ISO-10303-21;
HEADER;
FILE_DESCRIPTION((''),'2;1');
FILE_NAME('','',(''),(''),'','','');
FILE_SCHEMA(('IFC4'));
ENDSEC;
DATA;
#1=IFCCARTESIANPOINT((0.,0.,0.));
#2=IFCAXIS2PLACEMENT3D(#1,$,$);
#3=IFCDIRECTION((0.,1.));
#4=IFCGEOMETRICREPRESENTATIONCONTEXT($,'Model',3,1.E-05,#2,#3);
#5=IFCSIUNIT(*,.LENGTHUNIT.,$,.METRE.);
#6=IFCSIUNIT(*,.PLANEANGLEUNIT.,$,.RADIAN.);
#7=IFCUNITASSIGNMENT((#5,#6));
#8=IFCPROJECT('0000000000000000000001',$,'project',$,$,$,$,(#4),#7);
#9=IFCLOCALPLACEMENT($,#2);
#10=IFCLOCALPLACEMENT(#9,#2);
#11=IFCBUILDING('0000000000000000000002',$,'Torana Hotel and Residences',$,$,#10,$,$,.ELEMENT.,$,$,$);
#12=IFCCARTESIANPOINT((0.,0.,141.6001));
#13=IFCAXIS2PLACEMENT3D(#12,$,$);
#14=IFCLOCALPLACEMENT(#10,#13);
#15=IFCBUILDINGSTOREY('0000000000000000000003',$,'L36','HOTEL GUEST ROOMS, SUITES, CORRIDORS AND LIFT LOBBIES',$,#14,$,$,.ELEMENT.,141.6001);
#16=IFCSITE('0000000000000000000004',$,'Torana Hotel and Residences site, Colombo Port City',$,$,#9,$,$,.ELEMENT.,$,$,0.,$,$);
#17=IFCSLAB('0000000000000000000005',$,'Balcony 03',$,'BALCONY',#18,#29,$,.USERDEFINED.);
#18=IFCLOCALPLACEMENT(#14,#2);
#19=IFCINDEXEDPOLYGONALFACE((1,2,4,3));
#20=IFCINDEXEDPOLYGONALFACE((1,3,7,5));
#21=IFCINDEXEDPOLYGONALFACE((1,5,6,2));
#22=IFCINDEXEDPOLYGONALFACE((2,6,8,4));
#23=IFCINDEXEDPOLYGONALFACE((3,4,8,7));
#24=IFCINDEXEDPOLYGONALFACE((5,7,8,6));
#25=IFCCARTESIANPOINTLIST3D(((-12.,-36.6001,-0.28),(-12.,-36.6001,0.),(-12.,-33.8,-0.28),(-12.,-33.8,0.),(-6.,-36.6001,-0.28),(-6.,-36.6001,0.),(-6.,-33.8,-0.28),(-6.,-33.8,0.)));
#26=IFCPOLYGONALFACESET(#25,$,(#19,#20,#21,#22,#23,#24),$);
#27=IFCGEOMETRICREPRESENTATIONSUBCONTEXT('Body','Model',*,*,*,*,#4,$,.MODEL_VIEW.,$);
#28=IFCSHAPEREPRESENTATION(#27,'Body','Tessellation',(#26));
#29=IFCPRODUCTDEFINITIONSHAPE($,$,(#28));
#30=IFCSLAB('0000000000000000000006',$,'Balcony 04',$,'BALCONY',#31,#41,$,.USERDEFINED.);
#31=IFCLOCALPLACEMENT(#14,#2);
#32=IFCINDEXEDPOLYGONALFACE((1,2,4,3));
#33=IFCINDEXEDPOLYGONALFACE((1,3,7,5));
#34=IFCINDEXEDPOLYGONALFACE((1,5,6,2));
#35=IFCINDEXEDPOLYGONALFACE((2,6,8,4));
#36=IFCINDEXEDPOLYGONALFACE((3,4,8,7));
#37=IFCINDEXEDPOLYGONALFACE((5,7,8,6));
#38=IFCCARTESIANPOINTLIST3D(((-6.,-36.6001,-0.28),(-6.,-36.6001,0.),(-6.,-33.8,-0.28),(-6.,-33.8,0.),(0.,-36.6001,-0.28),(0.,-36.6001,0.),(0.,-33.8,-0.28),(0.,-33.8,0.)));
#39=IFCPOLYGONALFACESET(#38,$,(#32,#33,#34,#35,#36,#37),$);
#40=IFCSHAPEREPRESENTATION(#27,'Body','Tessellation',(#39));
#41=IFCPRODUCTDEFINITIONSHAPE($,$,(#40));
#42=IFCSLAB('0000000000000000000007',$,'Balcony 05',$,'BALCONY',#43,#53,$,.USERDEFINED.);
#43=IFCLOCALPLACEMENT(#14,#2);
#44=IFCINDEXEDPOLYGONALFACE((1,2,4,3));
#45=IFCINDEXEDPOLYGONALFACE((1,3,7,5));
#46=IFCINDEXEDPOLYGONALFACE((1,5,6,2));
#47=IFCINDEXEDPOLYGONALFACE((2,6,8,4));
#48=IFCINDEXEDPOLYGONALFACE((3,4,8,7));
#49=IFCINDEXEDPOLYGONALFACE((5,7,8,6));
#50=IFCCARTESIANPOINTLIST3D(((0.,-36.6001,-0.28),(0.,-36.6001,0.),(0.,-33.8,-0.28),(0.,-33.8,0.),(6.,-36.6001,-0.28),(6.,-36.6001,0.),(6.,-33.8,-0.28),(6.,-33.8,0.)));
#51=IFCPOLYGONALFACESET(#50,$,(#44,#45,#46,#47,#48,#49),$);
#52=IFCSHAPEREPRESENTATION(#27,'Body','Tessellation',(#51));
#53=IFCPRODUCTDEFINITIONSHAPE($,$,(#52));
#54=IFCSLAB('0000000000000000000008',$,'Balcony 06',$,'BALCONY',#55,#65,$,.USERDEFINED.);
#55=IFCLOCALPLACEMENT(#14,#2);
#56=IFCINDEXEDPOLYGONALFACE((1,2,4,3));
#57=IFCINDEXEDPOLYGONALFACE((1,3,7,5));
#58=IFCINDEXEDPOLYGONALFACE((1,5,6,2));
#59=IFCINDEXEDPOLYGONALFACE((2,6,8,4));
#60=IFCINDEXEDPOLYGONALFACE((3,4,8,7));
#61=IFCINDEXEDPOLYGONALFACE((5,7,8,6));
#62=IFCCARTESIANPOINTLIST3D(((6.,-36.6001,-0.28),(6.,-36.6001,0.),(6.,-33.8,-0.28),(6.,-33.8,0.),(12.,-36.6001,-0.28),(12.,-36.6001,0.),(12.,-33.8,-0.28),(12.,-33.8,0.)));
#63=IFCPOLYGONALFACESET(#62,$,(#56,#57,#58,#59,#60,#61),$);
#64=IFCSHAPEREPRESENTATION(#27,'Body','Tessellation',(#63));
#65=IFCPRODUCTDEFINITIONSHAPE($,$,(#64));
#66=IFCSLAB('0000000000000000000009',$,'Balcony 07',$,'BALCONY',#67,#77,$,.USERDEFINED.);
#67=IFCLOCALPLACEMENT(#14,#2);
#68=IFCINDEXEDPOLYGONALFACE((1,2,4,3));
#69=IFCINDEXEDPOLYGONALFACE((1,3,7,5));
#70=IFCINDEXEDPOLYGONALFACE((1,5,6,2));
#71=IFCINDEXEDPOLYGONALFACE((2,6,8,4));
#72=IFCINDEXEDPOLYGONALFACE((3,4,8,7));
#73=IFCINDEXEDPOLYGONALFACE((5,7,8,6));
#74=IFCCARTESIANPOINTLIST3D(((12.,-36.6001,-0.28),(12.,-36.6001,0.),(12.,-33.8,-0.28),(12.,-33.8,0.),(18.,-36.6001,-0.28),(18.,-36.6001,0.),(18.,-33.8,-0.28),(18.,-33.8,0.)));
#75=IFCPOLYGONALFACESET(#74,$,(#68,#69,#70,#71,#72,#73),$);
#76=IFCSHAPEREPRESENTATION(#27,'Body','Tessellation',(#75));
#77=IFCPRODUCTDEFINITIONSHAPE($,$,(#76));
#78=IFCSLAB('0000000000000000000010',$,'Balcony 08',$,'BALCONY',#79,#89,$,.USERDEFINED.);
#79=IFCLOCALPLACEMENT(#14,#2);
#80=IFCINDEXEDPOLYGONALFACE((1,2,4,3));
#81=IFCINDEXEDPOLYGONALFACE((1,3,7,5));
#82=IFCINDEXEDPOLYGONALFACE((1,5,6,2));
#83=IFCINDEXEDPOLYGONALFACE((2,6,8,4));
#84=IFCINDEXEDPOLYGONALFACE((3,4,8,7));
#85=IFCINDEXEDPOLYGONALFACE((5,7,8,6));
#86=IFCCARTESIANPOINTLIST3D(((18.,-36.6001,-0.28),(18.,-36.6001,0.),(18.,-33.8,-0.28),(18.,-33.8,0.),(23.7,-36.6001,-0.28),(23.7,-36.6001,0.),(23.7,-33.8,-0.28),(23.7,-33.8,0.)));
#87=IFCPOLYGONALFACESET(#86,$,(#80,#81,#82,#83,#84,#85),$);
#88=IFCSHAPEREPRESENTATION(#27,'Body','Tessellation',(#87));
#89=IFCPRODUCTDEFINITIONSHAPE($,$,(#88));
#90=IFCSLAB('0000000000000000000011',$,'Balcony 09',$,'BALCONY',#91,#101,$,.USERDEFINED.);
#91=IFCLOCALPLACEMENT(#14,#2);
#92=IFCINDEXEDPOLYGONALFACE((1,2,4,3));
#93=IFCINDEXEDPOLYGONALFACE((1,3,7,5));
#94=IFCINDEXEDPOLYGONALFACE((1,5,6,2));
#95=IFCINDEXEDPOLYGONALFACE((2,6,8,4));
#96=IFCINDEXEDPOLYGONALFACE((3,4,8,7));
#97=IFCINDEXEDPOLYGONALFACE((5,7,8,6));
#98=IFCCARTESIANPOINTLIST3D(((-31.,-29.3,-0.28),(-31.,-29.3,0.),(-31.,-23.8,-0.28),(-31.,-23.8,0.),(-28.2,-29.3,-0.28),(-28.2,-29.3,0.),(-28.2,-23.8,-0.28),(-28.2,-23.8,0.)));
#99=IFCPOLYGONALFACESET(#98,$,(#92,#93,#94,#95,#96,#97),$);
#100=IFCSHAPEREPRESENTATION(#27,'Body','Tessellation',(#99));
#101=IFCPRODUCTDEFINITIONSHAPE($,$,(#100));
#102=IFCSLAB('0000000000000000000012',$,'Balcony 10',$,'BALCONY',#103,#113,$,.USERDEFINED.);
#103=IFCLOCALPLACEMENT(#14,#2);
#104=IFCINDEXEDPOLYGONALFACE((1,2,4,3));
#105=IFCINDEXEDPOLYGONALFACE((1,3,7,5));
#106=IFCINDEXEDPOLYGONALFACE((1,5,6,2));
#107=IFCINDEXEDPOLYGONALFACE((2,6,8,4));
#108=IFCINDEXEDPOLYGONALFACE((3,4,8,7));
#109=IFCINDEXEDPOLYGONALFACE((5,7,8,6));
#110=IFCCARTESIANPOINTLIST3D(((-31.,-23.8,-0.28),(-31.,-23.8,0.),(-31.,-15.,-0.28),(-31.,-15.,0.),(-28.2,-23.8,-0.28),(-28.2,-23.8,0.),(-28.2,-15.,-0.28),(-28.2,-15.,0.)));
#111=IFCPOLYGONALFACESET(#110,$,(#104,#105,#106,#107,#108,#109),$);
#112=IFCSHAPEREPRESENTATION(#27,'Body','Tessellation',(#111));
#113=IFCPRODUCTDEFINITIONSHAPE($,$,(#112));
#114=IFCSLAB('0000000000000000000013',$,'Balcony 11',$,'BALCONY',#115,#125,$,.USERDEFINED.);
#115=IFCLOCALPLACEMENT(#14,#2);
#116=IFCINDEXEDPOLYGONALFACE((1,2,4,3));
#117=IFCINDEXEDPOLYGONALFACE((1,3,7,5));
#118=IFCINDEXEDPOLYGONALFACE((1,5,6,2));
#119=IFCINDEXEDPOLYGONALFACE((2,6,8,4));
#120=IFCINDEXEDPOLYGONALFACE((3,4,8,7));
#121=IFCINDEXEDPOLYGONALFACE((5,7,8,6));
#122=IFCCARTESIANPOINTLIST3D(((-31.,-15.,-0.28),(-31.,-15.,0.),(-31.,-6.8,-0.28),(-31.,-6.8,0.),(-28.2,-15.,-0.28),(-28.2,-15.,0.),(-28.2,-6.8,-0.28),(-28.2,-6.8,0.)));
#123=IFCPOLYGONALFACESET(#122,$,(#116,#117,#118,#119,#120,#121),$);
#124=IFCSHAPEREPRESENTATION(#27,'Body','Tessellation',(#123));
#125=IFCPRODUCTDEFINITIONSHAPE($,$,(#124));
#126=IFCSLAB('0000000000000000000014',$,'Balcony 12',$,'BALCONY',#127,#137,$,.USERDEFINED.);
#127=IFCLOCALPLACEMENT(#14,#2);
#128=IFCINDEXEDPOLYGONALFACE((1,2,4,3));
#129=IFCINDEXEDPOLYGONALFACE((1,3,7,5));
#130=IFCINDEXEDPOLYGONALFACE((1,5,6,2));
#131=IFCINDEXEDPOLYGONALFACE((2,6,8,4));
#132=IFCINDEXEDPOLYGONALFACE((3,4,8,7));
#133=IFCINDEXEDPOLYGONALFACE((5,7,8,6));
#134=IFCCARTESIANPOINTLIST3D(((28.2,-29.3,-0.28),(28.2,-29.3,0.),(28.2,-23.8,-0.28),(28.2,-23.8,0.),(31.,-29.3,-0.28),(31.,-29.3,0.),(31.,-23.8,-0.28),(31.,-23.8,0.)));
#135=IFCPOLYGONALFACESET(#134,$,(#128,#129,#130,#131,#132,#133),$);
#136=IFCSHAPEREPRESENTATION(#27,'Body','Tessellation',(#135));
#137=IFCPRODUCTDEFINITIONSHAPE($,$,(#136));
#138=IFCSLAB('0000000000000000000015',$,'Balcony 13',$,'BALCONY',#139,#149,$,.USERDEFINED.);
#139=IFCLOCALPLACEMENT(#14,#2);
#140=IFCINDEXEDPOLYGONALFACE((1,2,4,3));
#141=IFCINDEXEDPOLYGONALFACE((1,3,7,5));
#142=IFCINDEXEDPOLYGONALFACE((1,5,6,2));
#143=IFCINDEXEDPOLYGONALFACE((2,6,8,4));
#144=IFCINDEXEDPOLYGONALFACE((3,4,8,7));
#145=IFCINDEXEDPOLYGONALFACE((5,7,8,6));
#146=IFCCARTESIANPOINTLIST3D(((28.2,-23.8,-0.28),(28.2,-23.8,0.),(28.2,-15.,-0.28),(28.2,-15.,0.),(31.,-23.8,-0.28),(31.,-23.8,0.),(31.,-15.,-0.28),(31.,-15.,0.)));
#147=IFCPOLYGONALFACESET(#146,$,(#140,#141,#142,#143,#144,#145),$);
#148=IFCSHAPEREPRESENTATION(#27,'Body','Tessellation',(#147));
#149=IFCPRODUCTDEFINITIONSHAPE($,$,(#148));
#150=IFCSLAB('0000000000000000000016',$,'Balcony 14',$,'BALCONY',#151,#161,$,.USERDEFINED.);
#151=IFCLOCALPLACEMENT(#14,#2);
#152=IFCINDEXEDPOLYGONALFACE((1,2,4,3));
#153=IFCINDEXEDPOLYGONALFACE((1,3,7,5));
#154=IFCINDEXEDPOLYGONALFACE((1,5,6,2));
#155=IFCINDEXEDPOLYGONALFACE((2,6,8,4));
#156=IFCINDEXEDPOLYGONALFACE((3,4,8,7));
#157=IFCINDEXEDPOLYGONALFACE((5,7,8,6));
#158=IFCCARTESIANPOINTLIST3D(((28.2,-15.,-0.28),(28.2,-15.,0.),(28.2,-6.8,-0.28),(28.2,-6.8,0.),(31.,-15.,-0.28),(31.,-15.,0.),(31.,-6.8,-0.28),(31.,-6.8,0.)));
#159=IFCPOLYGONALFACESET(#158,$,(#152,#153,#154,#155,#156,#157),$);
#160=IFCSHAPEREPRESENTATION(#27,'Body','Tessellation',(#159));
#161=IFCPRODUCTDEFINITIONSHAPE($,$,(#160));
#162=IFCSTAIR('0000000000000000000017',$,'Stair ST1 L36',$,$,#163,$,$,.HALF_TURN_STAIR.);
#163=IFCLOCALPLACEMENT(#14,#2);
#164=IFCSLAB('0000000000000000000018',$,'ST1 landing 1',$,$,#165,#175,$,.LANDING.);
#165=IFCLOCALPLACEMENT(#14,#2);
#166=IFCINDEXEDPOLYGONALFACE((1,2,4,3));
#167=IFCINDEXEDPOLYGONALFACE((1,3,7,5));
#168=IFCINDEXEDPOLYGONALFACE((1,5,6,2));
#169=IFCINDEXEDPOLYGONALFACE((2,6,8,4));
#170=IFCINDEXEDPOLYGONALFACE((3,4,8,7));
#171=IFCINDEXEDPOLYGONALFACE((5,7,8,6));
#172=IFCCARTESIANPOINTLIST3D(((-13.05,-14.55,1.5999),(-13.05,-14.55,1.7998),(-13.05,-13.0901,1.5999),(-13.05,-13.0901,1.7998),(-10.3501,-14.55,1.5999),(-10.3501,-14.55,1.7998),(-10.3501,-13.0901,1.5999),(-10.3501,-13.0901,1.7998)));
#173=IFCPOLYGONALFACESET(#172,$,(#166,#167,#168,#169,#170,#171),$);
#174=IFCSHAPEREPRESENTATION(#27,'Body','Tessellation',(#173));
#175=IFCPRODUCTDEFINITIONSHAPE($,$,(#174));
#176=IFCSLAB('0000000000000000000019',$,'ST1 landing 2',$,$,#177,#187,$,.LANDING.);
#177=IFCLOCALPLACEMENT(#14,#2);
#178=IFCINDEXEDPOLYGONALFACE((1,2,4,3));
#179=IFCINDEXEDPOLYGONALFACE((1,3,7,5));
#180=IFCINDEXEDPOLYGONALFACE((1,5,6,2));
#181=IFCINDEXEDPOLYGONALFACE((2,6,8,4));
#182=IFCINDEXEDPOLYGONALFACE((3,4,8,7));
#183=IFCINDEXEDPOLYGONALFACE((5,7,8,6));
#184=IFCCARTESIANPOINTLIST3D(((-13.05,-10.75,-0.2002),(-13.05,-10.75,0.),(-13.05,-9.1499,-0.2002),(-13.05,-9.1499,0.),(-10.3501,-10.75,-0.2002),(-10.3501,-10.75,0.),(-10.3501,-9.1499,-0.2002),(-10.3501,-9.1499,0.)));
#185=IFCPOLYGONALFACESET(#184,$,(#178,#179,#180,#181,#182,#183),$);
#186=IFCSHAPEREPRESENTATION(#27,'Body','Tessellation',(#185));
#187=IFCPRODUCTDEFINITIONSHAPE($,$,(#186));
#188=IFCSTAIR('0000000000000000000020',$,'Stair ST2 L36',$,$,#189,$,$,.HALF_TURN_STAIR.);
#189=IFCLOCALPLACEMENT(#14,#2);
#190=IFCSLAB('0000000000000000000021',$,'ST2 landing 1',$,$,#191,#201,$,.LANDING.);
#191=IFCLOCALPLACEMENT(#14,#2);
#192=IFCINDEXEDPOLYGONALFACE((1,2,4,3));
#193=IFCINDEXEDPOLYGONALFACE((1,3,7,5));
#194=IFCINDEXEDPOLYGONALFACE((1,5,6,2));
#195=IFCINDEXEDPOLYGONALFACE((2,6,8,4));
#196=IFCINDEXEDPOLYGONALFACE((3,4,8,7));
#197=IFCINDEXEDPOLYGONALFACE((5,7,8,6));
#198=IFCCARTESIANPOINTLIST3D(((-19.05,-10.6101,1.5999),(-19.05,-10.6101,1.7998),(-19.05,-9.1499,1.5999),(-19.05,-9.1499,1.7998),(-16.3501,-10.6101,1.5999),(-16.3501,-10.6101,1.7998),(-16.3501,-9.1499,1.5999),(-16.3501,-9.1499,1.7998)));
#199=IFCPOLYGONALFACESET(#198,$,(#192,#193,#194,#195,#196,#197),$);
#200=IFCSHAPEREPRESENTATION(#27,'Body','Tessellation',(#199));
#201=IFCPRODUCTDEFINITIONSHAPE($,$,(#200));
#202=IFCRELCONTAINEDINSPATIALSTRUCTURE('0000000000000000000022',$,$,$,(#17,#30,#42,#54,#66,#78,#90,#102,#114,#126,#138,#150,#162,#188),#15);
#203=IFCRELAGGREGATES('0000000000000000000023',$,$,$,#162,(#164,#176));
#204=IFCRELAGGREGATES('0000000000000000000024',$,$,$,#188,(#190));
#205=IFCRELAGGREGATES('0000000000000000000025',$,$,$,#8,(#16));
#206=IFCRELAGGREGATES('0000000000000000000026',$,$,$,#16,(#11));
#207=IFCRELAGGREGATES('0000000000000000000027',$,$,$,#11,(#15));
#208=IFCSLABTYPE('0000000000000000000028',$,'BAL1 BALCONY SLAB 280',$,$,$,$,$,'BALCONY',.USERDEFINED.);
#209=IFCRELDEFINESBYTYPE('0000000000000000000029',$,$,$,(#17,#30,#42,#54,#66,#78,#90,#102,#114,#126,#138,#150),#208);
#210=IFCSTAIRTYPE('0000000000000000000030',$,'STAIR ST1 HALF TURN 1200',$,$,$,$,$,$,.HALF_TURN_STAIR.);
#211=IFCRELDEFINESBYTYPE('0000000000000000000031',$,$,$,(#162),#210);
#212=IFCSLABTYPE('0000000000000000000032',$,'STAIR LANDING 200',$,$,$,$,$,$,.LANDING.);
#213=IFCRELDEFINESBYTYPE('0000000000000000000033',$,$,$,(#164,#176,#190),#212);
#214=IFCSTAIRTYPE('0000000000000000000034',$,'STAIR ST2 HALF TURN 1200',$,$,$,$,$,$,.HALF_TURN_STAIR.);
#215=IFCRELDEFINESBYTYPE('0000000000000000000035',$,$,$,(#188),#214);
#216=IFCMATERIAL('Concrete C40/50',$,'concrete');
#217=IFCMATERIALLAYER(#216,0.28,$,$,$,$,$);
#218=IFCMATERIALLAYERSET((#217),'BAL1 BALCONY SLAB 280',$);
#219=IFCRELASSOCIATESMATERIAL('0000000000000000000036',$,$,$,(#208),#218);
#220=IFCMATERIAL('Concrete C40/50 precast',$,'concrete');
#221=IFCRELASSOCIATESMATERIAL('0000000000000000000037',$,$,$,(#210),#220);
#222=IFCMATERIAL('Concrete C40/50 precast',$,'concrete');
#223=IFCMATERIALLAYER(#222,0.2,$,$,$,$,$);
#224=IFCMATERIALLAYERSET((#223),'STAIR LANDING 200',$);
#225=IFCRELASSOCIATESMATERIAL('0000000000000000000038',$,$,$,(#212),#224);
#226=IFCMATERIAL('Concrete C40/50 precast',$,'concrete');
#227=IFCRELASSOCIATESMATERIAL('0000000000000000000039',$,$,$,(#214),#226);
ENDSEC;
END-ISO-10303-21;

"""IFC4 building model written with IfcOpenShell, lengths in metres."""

from ifc_helpers import new_model, si_unit, direction, frame, origin, place, context, subcontext, project, spatial, polyline, outline, extrude, material, layer, layer_set, type_object, element, aggregate, save


model = new_model("IFC4")

# Units and contexts
model_context = context("Model", 3, precision=1e-05, world=origin(), true_north=direction((0.0, 1.0)))
body_context = subcontext(model_context, "Body", "Model", "MODEL_VIEW")
ifc_project = project(units=[si_unit("LENGTHUNIT", "METRE"), si_unit("PLANEANGLEUNIT", "RADIAN")], contexts=[model_context])

# Site, building, storey
site_placement = place(None, origin())
site = spatial("IfcSite", under=ifc_project, at=site_placement, Name="Torana Hotel and Residences site, Colombo Port City", CompositionType="ELEMENT", RefElevation=0.0)
building_placement = place(site_placement, origin())
building = spatial("IfcBuilding", under=site, at=building_placement, Name="Torana Hotel and Residences", CompositionType="ELEMENT")
storey_placement = place(building_placement, frame((0.0, 0.0, 141.6001)))
storey = spatial("IfcBuildingStorey", under=building, at=storey_placement, Name="L36", Description="HOTEL GUEST ROOMS, SUITES, CORRIDORS AND LIFT LOBBIES", CompositionType="ELEMENT", Elevation=141.6001)

# Slabs
ifc_material_1 = material(Name="Concrete C40/50", Category="concrete")
ifc_layer_1 = layer(ifc_material_1, 0.28)
ifc_layer_set_1 = layer_set([ifc_layer_1], Name="BAL1 BALCONY SLAB 280")
slab_type_1 = type_object("IfcSlabType", Name="BAL1 BALCONY SLAB 280", ElementType="BALCONY", PredefinedType="USERDEFINED", material=ifc_layer_set_1)
slab_1_placement = place(storey_placement, frame((0.0, 0.0, -0.28)))
element("IfcSlab", 1, at=slab_1_placement, inside=storey, type_object=slab_type_1, Name="Balcony 03", ObjectType="BALCONY", PredefinedType="USERDEFINED", context=body_context, shape_type="SweptSolid", body=[
    extrude(outline(polyline([(-12.0, -36.6001), (-6.0, -36.6001), (-6.0, -33.8), (-12.0, -33.8), (-12.0, -36.6001)])), origin(), (0.0, 0.0, 1.0), 0.28),
])
slab_2_placement = place(storey_placement, frame((0.0, 0.0, -0.28)))
element("IfcSlab", 2, at=slab_2_placement, inside=storey, type_object=slab_type_1, Name="Balcony 04", ObjectType="BALCONY", PredefinedType="USERDEFINED", context=body_context, shape_type="SweptSolid", body=[
    extrude(outline(polyline([(-6.0, -36.6001), (0.0, -36.6001), (0.0, -33.8), (-6.0, -33.8), (-6.0, -36.6001)])), origin(), (0.0, 0.0, 1.0), 0.28),
])
slab_3_placement = place(storey_placement, frame((0.0, 0.0, -0.28)))
element("IfcSlab", 3, at=slab_3_placement, inside=storey, type_object=slab_type_1, Name="Balcony 05", ObjectType="BALCONY", PredefinedType="USERDEFINED", context=body_context, shape_type="SweptSolid", body=[
    extrude(outline(polyline([(0.0, -36.6001), (6.0, -36.6001), (6.0, -33.8), (0.0, -33.8), (0.0, -36.6001)])), origin(), (0.0, 0.0, 1.0), 0.28),
])
slab_4_placement = place(storey_placement, frame((0.0, 0.0, -0.28)))
element("IfcSlab", 4, at=slab_4_placement, inside=storey, type_object=slab_type_1, Name="Balcony 06", ObjectType="BALCONY", PredefinedType="USERDEFINED", context=body_context, shape_type="SweptSolid", body=[
    extrude(outline(polyline([(6.0, -36.6001), (12.0, -36.6001), (12.0, -33.8), (6.0, -33.8), (6.0, -36.6001)])), origin(), (0.0, 0.0, 1.0), 0.28),
])
slab_5_placement = place(storey_placement, frame((0.0, 0.0, -0.28)))
element("IfcSlab", 5, at=slab_5_placement, inside=storey, type_object=slab_type_1, Name="Balcony 07", ObjectType="BALCONY", PredefinedType="USERDEFINED", context=body_context, shape_type="SweptSolid", body=[
    extrude(outline(polyline([(12.0, -36.6001), (18.0, -36.6001), (18.0, -33.8), (12.0, -33.8), (12.0, -36.6001)])), origin(), (0.0, 0.0, 1.0), 0.28),
])
slab_6_placement = place(storey_placement, frame((0.0, 0.0, -0.28)))
element("IfcSlab", 6, at=slab_6_placement, inside=storey, type_object=slab_type_1, Name="Balcony 08", ObjectType="BALCONY", PredefinedType="USERDEFINED", context=body_context, shape_type="SweptSolid", body=[
    extrude(outline(polyline([(18.0, -36.6001), (23.7, -36.6001), (23.7, -33.8), (18.0, -33.8), (18.0, -36.6001)])), origin(), (0.0, 0.0, 1.0), 0.28),
])
slab_7_placement = place(storey_placement, frame((0.0, 0.0, -0.28)))
element("IfcSlab", 7, at=slab_7_placement, inside=storey, type_object=slab_type_1, Name="Balcony 09", ObjectType="BALCONY", PredefinedType="USERDEFINED", context=body_context, shape_type="SweptSolid", body=[
    extrude(outline(polyline([(-31.0, -29.3), (-28.2, -29.3), (-28.2, -23.8), (-31.0, -23.8), (-31.0, -29.3)])), origin(), (0.0, 0.0, 1.0), 0.28),
])
slab_8_placement = place(storey_placement, frame((0.0, 0.0, -0.28)))
element("IfcSlab", 8, at=slab_8_placement, inside=storey, type_object=slab_type_1, Name="Balcony 10", ObjectType="BALCONY", PredefinedType="USERDEFINED", context=body_context, shape_type="SweptSolid", body=[
    extrude(outline(polyline([(-31.0, -23.8), (-28.2, -23.8), (-28.2, -15.0), (-31.0, -15.0), (-31.0, -23.8)])), origin(), (0.0, 0.0, 1.0), 0.28),
])
slab_9_placement = place(storey_placement, frame((0.0, 0.0, -0.28)))
element("IfcSlab", 9, at=slab_9_placement, inside=storey, type_object=slab_type_1, Name="Balcony 11", ObjectType="BALCONY", PredefinedType="USERDEFINED", context=body_context, shape_type="SweptSolid", body=[
    extrude(outline(polyline([(-31.0, -15.0), (-28.2, -15.0), (-28.2, -6.8), (-31.0, -6.8), (-31.0, -15.0)])), origin(), (0.0, 0.0, 1.0), 0.28),
])
slab_10_placement = place(storey_placement, frame((0.0, 0.0, -0.28)))
element("IfcSlab", 10, at=slab_10_placement, inside=storey, type_object=slab_type_1, Name="Balcony 12", ObjectType="BALCONY", PredefinedType="USERDEFINED", context=body_context, shape_type="SweptSolid", body=[
    extrude(outline(polyline([(28.2, -29.3), (31.0, -29.3), (31.0, -23.8), (28.2, -23.8), (28.2, -29.3)])), origin(), (0.0, 0.0, 1.0), 0.28),
])
slab_11_placement = place(storey_placement, frame((0.0, 0.0, -0.28)))
element("IfcSlab", 11, at=slab_11_placement, inside=storey, type_object=slab_type_1, Name="Balcony 13", ObjectType="BALCONY", PredefinedType="USERDEFINED", context=body_context, shape_type="SweptSolid", body=[
    extrude(outline(polyline([(28.2, -23.8), (31.0, -23.8), (31.0, -15.0), (28.2, -15.0), (28.2, -23.8)])), origin(), (0.0, 0.0, 1.0), 0.28),
])
slab_12_placement = place(storey_placement, frame((0.0, 0.0, -0.28)))
element("IfcSlab", 12, at=slab_12_placement, inside=storey, type_object=slab_type_1, Name="Balcony 14", ObjectType="BALCONY", PredefinedType="USERDEFINED", context=body_context, shape_type="SweptSolid", body=[
    extrude(outline(polyline([(28.2, -15.0), (31.0, -15.0), (31.0, -6.8), (28.2, -6.8), (28.2, -15.0)])), origin(), (0.0, 0.0, 1.0), 0.28),
])

# Stairs, slabs
ifc_material_2 = material(Name="Concrete C40/50 precast", Category="concrete")
stair_type_1 = type_object("IfcStairType", Name="STAIR ST1 HALF TURN 1200", PredefinedType="HALF_TURN_STAIR", material=ifc_material_2)
stair_1_placement = place(storey_placement, origin())
stair_1 = element("IfcStair", 13, at=stair_1_placement, inside=storey, type_object=stair_type_1, Name="Stair ST1 L36", PredefinedType="HALF_TURN_STAIR")
ifc_material_3 = material(Name="Concrete C40/50 precast", Category="concrete")
ifc_layer_2 = layer(ifc_material_3, 0.2)
ifc_layer_set_2 = layer_set([ifc_layer_2], Name="STAIR LANDING 200")
slab_type_2 = type_object("IfcSlabType", Name="STAIR LANDING 200", PredefinedType="LANDING", material=ifc_layer_set_2)
slab_13_placement = place(storey_placement, frame((0.0, 0.0, 1.5999)))
slab_13 = element("IfcSlab", 14, at=slab_13_placement, type_object=slab_type_2, Name="ST1 landing 1", PredefinedType="LANDING", context=body_context, shape_type="SweptSolid", body=[
    extrude(outline(polyline([(-13.05, -14.55), (-10.3501, -14.55), (-10.3501, -13.0901), (-13.05, -13.0901), (-13.05, -14.55)])), origin(), (0.0, 0.0, 1.0), 0.2),
])
slab_14_placement = place(storey_placement, frame((0.0, 0.0, -0.2002)))
slab_14 = element("IfcSlab", 15, at=slab_14_placement, type_object=slab_type_2, Name="ST1 landing 2", PredefinedType="LANDING", context=body_context, shape_type="SweptSolid", body=[
    extrude(outline(polyline([(-13.05, -10.75), (-10.3501, -10.75), (-10.3501, -9.1499), (-13.05, -9.1499), (-13.05, -10.75)])), origin(), (0.0, 0.0, 1.0), 0.2002),
])
aggregate(stair_1, [slab_13, slab_14])
ifc_material_4 = material(Name="Concrete C40/50 precast", Category="concrete")
stair_type_2 = type_object("IfcStairType", Name="STAIR ST2 HALF TURN 1200", PredefinedType="HALF_TURN_STAIR", material=ifc_material_4)
stair_2_placement = place(storey_placement, origin())
stair_2 = element("IfcStair", 16, at=stair_2_placement, inside=storey, type_object=stair_type_2, Name="Stair ST2 L36", PredefinedType="HALF_TURN_STAIR")
slab_15_placement = place(storey_placement, frame((0.0, 0.0, 1.5999)))
slab_15 = element("IfcSlab", 17, at=slab_15_placement, type_object=slab_type_2, Name="ST2 landing 1", PredefinedType="LANDING", context=body_context, shape_type="SweptSolid", body=[
    extrude(outline(polyline([(-19.05, -10.6101), (-16.3501, -10.6101), (-16.3501, -9.1499), (-19.05, -9.1499), (-19.05, -10.6101)])), origin(), (0.0, 0.0, 1.0), 0.2),
])
aggregate(stair_2, [slab_15])

save(model, "model.ifc")
